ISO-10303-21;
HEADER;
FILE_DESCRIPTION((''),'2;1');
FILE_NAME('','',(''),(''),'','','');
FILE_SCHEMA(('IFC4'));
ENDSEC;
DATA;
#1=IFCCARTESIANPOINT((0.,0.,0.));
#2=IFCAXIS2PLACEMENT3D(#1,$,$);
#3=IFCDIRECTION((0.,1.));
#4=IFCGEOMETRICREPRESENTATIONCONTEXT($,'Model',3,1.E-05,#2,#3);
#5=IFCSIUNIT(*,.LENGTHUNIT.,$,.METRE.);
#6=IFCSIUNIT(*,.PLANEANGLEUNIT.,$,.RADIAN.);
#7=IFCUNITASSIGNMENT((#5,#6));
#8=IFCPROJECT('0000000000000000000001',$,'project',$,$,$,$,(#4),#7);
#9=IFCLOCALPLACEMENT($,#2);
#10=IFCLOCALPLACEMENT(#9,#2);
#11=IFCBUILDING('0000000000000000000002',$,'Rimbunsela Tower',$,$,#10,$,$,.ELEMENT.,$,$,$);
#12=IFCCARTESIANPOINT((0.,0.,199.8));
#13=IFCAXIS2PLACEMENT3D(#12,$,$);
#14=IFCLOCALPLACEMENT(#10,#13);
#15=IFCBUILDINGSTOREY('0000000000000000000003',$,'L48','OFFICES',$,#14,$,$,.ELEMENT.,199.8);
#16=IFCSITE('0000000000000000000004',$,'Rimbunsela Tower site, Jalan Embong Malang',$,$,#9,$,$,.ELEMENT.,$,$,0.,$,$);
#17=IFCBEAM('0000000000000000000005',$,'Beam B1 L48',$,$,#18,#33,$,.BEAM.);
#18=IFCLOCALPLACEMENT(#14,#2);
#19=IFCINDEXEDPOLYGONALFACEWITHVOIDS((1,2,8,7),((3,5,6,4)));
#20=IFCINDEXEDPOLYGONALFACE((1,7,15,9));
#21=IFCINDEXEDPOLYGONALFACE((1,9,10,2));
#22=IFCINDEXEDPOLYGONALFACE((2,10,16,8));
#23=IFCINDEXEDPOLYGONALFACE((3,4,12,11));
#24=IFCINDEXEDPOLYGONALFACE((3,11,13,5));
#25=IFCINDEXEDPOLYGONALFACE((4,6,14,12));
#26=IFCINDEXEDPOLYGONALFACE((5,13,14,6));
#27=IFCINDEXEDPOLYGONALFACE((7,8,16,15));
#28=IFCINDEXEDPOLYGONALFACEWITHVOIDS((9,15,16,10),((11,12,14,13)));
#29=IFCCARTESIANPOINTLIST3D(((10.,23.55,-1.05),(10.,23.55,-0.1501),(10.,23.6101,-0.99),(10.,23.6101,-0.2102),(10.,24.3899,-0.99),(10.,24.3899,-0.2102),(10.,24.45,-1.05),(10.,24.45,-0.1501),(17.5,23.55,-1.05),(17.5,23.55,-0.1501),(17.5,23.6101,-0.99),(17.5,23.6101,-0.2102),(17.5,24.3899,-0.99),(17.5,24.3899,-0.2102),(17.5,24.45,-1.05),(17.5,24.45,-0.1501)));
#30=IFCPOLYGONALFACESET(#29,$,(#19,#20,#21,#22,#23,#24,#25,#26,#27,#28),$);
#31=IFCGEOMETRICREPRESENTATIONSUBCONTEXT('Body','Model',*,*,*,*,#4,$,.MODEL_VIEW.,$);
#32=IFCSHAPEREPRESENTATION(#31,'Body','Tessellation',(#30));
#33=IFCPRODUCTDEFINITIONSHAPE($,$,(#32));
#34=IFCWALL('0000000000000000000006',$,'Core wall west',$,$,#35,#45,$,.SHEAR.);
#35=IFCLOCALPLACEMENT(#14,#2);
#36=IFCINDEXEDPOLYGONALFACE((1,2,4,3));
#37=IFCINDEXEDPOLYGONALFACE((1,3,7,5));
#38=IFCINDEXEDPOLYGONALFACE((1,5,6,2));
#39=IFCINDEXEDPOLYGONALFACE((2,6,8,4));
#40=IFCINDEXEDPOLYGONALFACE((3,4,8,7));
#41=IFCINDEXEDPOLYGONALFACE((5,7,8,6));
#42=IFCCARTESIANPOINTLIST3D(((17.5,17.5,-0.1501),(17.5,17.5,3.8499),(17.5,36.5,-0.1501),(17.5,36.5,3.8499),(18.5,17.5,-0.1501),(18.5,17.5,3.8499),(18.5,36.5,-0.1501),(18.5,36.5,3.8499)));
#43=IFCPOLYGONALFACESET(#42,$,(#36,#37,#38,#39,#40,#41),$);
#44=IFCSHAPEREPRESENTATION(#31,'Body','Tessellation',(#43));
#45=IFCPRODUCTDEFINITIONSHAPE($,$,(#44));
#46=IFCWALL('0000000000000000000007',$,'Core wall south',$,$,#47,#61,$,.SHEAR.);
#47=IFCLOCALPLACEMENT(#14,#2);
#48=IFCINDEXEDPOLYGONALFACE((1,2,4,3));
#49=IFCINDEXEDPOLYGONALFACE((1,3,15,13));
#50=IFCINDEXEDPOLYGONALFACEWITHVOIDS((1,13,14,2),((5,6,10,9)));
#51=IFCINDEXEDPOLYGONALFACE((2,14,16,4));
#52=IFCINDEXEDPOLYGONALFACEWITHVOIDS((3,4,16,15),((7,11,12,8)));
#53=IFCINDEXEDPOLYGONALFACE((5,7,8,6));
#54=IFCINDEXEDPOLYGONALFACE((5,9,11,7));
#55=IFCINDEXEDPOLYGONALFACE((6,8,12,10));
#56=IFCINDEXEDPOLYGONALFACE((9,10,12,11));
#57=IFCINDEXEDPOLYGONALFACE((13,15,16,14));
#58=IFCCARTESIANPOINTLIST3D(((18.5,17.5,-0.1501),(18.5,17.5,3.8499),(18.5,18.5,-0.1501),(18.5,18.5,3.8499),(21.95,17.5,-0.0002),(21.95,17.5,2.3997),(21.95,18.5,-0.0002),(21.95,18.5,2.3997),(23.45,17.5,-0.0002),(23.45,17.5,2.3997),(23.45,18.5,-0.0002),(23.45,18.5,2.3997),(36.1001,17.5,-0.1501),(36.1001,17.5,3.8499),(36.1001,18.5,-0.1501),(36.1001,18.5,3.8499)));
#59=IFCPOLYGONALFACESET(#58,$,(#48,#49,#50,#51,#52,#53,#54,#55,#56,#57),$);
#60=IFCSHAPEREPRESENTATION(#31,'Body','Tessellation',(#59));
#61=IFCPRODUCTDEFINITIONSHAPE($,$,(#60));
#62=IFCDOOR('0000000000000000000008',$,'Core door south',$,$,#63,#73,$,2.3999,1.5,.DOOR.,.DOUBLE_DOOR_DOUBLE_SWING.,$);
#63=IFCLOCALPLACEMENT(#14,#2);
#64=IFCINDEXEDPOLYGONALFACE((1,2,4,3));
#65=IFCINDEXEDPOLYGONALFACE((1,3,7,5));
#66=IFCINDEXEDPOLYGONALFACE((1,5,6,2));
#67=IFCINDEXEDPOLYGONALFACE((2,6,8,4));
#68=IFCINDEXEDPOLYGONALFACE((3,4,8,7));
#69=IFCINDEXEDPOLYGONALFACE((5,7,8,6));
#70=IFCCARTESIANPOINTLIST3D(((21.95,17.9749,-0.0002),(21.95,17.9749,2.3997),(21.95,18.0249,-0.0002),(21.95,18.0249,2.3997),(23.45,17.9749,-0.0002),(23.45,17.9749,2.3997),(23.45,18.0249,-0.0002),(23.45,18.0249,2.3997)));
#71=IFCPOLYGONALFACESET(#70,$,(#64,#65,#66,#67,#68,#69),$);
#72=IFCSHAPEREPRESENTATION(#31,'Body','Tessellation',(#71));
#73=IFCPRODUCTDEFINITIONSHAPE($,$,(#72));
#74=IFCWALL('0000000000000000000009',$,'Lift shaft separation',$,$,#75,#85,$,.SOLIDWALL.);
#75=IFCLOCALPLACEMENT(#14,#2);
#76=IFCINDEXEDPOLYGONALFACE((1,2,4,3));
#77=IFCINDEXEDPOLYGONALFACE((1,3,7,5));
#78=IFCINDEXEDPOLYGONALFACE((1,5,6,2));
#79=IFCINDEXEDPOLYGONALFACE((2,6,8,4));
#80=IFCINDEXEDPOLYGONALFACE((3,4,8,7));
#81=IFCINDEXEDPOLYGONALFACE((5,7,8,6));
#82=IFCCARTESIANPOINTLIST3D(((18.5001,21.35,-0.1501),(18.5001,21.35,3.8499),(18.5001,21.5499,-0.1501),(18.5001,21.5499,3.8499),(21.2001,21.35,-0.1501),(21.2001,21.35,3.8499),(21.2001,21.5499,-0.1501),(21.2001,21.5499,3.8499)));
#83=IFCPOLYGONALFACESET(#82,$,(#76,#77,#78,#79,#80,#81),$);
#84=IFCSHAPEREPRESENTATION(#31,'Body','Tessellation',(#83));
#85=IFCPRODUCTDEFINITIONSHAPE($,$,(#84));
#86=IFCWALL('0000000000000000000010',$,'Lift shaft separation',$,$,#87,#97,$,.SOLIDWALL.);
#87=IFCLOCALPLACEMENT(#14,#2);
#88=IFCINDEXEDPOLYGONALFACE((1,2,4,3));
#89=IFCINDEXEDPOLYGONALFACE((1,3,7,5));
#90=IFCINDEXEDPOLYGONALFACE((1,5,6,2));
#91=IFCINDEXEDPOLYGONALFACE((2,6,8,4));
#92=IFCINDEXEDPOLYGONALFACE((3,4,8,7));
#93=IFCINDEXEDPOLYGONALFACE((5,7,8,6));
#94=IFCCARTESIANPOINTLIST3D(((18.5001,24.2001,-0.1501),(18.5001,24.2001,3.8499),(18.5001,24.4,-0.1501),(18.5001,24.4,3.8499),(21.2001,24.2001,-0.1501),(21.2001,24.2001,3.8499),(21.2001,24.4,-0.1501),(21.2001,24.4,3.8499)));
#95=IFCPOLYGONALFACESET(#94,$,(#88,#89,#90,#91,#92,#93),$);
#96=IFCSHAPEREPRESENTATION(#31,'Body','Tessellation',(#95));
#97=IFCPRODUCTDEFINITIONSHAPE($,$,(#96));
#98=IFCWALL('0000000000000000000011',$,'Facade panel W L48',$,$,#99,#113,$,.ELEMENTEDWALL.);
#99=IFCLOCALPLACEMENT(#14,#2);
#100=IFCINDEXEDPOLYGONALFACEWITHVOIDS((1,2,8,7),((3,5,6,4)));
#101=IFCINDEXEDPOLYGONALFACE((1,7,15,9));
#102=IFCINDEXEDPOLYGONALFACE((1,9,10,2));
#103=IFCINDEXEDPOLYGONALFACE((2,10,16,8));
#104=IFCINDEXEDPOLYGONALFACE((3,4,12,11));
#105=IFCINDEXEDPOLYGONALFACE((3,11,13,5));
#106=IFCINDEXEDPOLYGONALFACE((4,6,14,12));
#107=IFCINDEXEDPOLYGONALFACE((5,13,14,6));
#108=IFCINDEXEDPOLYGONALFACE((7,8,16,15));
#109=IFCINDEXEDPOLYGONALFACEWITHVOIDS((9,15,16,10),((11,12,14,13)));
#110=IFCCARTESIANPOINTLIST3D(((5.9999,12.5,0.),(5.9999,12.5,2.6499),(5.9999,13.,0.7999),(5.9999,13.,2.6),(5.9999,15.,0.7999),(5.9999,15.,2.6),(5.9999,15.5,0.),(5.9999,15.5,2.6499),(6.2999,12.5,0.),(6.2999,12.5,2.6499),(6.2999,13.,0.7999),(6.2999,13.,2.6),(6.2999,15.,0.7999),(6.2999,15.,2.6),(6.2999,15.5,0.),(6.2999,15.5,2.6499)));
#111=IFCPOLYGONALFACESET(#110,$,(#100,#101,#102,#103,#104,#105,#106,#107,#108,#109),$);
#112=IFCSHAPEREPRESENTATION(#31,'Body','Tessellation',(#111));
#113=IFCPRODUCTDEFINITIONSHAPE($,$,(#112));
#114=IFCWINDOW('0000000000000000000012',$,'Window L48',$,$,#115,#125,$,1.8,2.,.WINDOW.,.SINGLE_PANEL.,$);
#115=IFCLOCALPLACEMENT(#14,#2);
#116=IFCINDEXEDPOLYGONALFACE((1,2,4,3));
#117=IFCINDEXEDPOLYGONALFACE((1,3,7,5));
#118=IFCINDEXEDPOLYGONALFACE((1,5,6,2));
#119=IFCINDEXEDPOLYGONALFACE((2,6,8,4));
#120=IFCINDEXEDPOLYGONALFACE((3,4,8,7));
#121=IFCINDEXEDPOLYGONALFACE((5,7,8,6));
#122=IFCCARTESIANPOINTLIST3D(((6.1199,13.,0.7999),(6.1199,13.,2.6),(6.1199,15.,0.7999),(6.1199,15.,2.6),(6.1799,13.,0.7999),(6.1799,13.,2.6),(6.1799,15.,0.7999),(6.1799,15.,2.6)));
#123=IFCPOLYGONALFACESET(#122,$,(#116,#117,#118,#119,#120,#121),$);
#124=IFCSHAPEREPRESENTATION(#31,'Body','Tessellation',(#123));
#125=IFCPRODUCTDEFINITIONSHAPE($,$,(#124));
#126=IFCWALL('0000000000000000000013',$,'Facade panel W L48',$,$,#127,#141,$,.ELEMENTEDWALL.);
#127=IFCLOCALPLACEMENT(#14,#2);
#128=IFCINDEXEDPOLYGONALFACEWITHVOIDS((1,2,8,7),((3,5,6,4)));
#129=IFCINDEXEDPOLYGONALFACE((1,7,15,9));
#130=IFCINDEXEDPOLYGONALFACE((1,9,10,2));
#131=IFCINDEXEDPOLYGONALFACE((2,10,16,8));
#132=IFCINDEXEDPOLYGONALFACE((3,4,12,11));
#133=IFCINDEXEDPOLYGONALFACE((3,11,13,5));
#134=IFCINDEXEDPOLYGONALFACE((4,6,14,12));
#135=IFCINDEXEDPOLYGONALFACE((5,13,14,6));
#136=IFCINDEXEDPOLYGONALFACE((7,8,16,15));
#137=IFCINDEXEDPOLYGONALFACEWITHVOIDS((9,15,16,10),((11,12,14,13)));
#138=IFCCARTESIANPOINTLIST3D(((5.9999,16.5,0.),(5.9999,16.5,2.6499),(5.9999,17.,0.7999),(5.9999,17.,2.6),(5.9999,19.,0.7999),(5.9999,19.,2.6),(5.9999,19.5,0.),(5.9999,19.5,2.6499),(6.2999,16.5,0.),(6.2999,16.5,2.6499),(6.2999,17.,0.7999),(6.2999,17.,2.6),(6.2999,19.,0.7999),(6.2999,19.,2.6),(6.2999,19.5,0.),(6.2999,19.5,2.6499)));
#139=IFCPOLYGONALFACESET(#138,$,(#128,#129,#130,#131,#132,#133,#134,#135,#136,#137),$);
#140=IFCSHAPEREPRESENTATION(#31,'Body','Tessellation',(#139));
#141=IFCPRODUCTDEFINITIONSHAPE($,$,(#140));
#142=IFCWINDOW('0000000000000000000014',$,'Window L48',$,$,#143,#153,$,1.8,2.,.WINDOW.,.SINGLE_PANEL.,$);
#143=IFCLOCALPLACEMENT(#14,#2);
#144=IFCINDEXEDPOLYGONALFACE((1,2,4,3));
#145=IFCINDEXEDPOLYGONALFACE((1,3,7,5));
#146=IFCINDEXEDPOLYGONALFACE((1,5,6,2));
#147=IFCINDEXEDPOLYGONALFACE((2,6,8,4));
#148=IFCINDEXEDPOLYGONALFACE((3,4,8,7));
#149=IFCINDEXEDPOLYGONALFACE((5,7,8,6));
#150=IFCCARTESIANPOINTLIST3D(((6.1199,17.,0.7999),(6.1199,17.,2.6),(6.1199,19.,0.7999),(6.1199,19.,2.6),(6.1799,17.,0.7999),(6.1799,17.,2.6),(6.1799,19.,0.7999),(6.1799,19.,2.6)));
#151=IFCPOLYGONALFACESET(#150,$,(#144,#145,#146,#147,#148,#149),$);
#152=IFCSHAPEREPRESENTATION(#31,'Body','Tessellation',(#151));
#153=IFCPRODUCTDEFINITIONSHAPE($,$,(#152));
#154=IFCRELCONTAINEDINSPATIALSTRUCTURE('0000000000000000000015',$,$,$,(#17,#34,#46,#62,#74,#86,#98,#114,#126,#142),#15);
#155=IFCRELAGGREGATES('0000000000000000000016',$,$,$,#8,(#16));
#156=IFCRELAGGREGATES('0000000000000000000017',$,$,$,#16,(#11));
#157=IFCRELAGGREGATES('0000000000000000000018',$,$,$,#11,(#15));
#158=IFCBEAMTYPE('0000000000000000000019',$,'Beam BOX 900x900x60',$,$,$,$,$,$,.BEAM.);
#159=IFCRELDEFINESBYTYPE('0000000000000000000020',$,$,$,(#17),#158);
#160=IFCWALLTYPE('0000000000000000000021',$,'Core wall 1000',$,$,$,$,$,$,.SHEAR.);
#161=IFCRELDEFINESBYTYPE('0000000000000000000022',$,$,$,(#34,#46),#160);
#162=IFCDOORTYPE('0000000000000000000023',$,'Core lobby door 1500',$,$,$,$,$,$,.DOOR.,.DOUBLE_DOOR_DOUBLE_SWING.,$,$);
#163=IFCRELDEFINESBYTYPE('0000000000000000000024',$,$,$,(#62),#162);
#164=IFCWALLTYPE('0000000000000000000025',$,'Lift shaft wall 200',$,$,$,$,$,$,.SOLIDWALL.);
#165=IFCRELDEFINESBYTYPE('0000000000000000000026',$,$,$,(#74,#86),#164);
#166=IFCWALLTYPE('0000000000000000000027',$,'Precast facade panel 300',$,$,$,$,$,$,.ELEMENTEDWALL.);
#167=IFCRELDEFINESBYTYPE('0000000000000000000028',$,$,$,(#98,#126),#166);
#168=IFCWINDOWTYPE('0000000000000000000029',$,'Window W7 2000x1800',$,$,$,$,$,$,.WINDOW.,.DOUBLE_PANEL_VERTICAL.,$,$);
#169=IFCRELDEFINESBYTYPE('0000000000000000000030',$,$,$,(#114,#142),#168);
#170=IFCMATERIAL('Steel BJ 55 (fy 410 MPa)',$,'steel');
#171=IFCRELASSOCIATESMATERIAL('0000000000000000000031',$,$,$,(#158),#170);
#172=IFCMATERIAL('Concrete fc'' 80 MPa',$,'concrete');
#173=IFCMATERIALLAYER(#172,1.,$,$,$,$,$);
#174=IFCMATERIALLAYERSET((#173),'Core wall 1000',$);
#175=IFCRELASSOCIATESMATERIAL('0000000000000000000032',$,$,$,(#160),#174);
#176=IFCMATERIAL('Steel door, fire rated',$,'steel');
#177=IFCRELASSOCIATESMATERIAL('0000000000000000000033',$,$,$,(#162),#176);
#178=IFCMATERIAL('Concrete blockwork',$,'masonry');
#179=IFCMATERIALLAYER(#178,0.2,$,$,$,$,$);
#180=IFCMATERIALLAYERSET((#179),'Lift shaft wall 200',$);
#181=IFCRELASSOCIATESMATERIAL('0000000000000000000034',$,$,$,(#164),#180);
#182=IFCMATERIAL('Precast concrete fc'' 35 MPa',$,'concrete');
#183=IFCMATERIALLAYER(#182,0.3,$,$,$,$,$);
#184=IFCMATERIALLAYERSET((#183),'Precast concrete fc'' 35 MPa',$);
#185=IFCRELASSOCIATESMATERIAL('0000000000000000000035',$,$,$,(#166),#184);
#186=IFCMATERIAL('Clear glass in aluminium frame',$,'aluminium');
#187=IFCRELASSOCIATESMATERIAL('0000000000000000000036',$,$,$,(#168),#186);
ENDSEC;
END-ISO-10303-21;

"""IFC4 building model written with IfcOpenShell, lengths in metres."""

from ifc_helpers import new_model, si_unit, direction, frame, frame_2d, origin, origin_2d, place, context, subcontext, project, spatial, rectangle, hollow_rectangle, extrude, material, layer, layer_set, material_profile, profile_set, type_object, element, fill, save


model = new_model("IFC4")

# Units and contexts
model_context = context("Model", 3, precision=1e-05, world=origin(), true_north=direction((0.0, 1.0)))
body_context = subcontext(model_context, "Body", "Model", "MODEL_VIEW")
ifc_project = project(units=[si_unit("LENGTHUNIT", "METRE"), si_unit("PLANEANGLEUNIT", "RADIAN")], contexts=[model_context])

# Site, building, storey
site_placement = place(None, origin())
site = spatial("IfcSite", under=ifc_project, at=site_placement, Name="Rimbunsela Tower site, Jalan Embong Malang", CompositionType="ELEMENT", RefElevation=0.0)
building_placement = place(site_placement, origin())
building = spatial("IfcBuilding", under=site, at=building_placement, Name="Rimbunsela Tower", CompositionType="ELEMENT")
storey_placement = place(building_placement, frame((0.0, 0.0, 199.8)))
storey = spatial("IfcBuildingStorey", under=building, at=storey_placement, Name="L48", Description="OFFICES", CompositionType="ELEMENT", Elevation=199.8)

# Beam
ifc_material_1 = material(Name="Steel BJ 55 (fy 410 MPa)", Category="steel")
ifc_material_profile_1 = material_profile(ifc_material_1, hollow_rectangle(XDim=0.8999, YDim=0.8999, WallThickness=0.0601, at=origin_2d()), Name="BOX 900x900x60")
ifc_profile_set_1 = profile_set([ifc_material_profile_1], Name="Steel BJ 55 (fy 410 MPa)")
beam_type_1 = type_object("IfcBeamType", Name="Beam BOX 900x900x60", PredefinedType="BEAM", material=ifc_profile_set_1)
beam_1_placement = place(storey_placement, frame((10.0, 24.0, -0.6001), z_axis=(1.0, 0.0, 0.0), x_axis=(0.0, 1.0, 0.0)))
element("IfcBeam", 1, at=beam_1_placement, inside=storey, type_object=beam_type_1, Name="Beam B1 L48", PredefinedType="BEAM", context=body_context, shape_type="SweptSolid", body=[
    extrude(hollow_rectangle(XDim=0.8999, YDim=0.8999, WallThickness=0.0601, at=origin_2d()), origin(), (0.0, 0.0, 1.0), 7.5),
])

# Wall
ifc_material_2 = material(Name="Concrete fc' 80 MPa", Category="concrete")
ifc_layer_1 = layer(ifc_material_2, 1.0)
ifc_layer_set_1 = layer_set([ifc_layer_1], Name="Core wall 1000")
wall_type_1 = type_object("IfcWallType", Name="Core wall 1000", PredefinedType="SHEAR", material=ifc_layer_set_1)
wall_1_placement = place(storey_placement, frame((18.0, 17.5, -0.1501), z_axis=(0.0, 0.0, 1.0), x_axis=(0.0, 1.0, 0.0)))
element("IfcWall", 2, at=wall_1_placement, inside=storey, type_object=wall_type_1, Name="Core wall west", PredefinedType="SHEAR", context=body_context, shape_type="SweptSolid", body=[
    extrude(rectangle(XDim=19.0, YDim=1.0, at=frame_2d((9.5, 0.0))), origin(), (0.0, 0.0, 1.0), 4.0),
])

# Wall, opening, door
wall_2_placement = place(storey_placement, frame((18.5, 18.0, -0.1501), z_axis=(0.0, 0.0, 1.0), x_axis=(1.0, 0.0, 0.0)))
wall_2 = element("IfcWall", 3, at=wall_2_placement, inside=storey, type_object=wall_type_1, Name="Core wall south", PredefinedType="SHEAR", context=body_context, shape_type="SweptSolid", body=[
    extrude(rectangle(XDim=17.6001, YDim=1.0, at=frame_2d((8.8, 0.0))), origin(), (0.0, 0.0, 1.0), 4.0),
])
opening_1_placement = place(wall_2_placement, frame((3.45, 0.0, 0.1499)))
opening_1 = element("IfcOpeningElement", 4, at=opening_1_placement, cuts=wall_2, PredefinedType="OPENING", context=body_context, shape_type="SweptSolid", body=[
    extrude(rectangle(XDim=1.5, YDim=2.3999, at=frame_2d((0.75, 1.2))), frame((0.0, 0.51, 0.0), z_axis=(0.0, -1.0, 0.0), x_axis=(1.0, 0.0, 0.0)), (0.0, 0.0, 1.0), 1.02),
])
ifc_material_3 = material(Name="Steel door, fire rated", Category="steel")
door_type = type_object("IfcDoorType", Name="Core lobby door 1500", OperationType="DOUBLE_DOOR_DOUBLE_SWING", PredefinedType="DOOR", material=ifc_material_3)
door_placement = place(opening_1_placement, origin())
door = element("IfcDoor", 5, at=door_placement, inside=storey, type_object=door_type, Name="Core door south", OperationType="DOUBLE_DOOR_DOUBLE_SWING", OverallHeight=2.3999, OverallWidth=1.5, PredefinedType="DOOR", context=body_context, shape_type="SweptSolid", body=[
    extrude(rectangle(XDim=1.5, YDim=2.3999, at=frame_2d((0.75, 1.2))), frame((0.0, 0.0249, 0.0), z_axis=(0.0, -1.0, 0.0), x_axis=(1.0, 0.0, 0.0)), (0.0, 0.0, 1.0), 0.05),
])
fill(opening_1, door)

# Walls
ifc_material_4 = material(Name="Concrete blockwork", Category="masonry")
ifc_layer_2 = layer(ifc_material_4, 0.2)
ifc_layer_set_2 = layer_set([ifc_layer_2], Name="Lift shaft wall 200")
wall_type_2 = type_object("IfcWallType", Name="Lift shaft wall 200", PredefinedType="SOLIDWALL", material=ifc_layer_set_2)
for number, where, z_axis, x_axis, name in (
    (6, (18.5, 21.45, -0.1501), (0.0, 0.0, 1.0), (1.0, 0.0, 0.0), "Lift shaft separation"),
    (7, (18.5, 24.3, -0.1501), (0.0, 0.0, 1.0), (1.0, 0.0, 0.0), "Lift shaft separation"),
):
    element("IfcWall", number, at=place(storey_placement, frame(where, z_axis=z_axis, x_axis=x_axis)), inside=storey, type_object=wall_type_2, Name=name, PredefinedType="SOLIDWALL", context=body_context, shape_type="SweptSolid", body=[
        extrude(rectangle(XDim=2.7, YDim=0.2, at=frame_2d((1.3501, 0.0))), origin(), (0.0, 0.0, 1.0), 4.0),
    ])

# Walls, openings, windows
ifc_material_5 = material(Name="Precast concrete fc' 35 MPa", Category="concrete")
ifc_layer_3 = layer(ifc_material_5, 0.3)
ifc_layer_set_3 = layer_set([ifc_layer_3], Name="Precast concrete fc' 35 MPa")
wall_type_3 = type_object("IfcWallType", Name="Precast facade panel 300", PredefinedType="ELEMENTEDWALL", material=ifc_layer_set_3)
wall_3_placement = place(storey_placement, frame((6.1499, 15.5, 0.0), z_axis=(0.0, 0.0, 1.0), x_axis=(0.0, -1.0, 0.0)))
wall_3 = element("IfcWall", 8, at=wall_3_placement, inside=storey, type_object=wall_type_3, Name="Facade panel W L48", PredefinedType="ELEMENTEDWALL", context=body_context, shape_type="SweptSolid", body=[
    extrude(rectangle(XDim=3.0, YDim=0.3, at=frame_2d((1.5, 0.0))), origin(), (0.0, 0.0, 1.0), 2.6499),
])
opening_2_placement = place(wall_3_placement, frame((0.5, 0.0, 0.8)))
opening_2 = element("IfcOpeningElement", 9, at=opening_2_placement, cuts=wall_3, PredefinedType="OPENING", context=body_context, shape_type="SweptSolid", body=[
    extrude(rectangle(XDim=2.0, YDim=1.8, at=frame_2d((1.0, 0.8999))), frame((0.0, 0.1599, 0.0), z_axis=(0.0, -1.0, 0.0), x_axis=(1.0, 0.0, 0.0)), (0.0, 0.0, 1.0), 0.3201),
])
ifc_material_6 = material(Name="Clear glass in aluminium frame", Category="aluminium")
window_type = type_object("IfcWindowType", Name="Window W7 2000x1800", PartitioningType="DOUBLE_PANEL_VERTICAL", PredefinedType="WINDOW", material=ifc_material_6)
window_1_placement = place(opening_2_placement, origin())
window_1 = element("IfcWindow", 10, at=window_1_placement, inside=storey, type_object=window_type, Name="Window L48", OverallHeight=1.8, OverallWidth=2.0, PartitioningType="SINGLE_PANEL", PredefinedType="WINDOW", context=body_context, shape_type="SweptSolid", body=[
    extrude(rectangle(XDim=2.0, YDim=1.8, at=frame_2d((1.0, 0.8999))), frame((0.0, 0.03, 0.0), z_axis=(0.0, -1.0, 0.0), x_axis=(1.0, 0.0, 0.0)), (0.0, 0.0, 1.0), 0.0601),
])
fill(opening_2, window_1)
wall_4_placement = place(storey_placement, frame((6.1499, 19.5, 0.0), z_axis=(0.0, 0.0, 1.0), x_axis=(0.0, -1.0, 0.0)))
wall_4 = element("IfcWall", 11, at=wall_4_placement, inside=storey, type_object=wall_type_3, Name="Facade panel W L48", PredefinedType="ELEMENTEDWALL", context=body_context, shape_type="SweptSolid", body=[
    extrude(rectangle(XDim=3.0, YDim=0.3, at=frame_2d((1.5, 0.0))), origin(), (0.0, 0.0, 1.0), 2.6499),
])
opening_3_placement = place(wall_4_placement, frame((0.5, 0.0, 0.8)))
opening_3 = element("IfcOpeningElement", 12, at=opening_3_placement, cuts=wall_4, PredefinedType="OPENING", context=body_context, shape_type="SweptSolid", body=[
    extrude(rectangle(XDim=2.0, YDim=1.8, at=frame_2d((1.0, 0.8999))), frame((0.0, 0.1599, 0.0), z_axis=(0.0, -1.0, 0.0), x_axis=(1.0, 0.0, 0.0)), (0.0, 0.0, 1.0), 0.3201),
])
window_2_placement = place(opening_3_placement, origin())
window_2 = element("IfcWindow", 13, at=window_2_placement, inside=storey, type_object=window_type, Name="Window L48", OverallHeight=1.8, OverallWidth=2.0, PartitioningType="SINGLE_PANEL", PredefinedType="WINDOW", context=body_context, shape_type="SweptSolid", body=[
    extrude(rectangle(XDim=2.0, YDim=1.8, at=frame_2d((1.0, 0.8999))), frame((0.0, 0.03, 0.0), z_axis=(0.0, -1.0, 0.0), x_axis=(1.0, 0.0, 0.0)), (0.0, 0.0, 1.0), 0.0601),
])
fill(opening_3, window_2)

save(model, "model.ifc")
